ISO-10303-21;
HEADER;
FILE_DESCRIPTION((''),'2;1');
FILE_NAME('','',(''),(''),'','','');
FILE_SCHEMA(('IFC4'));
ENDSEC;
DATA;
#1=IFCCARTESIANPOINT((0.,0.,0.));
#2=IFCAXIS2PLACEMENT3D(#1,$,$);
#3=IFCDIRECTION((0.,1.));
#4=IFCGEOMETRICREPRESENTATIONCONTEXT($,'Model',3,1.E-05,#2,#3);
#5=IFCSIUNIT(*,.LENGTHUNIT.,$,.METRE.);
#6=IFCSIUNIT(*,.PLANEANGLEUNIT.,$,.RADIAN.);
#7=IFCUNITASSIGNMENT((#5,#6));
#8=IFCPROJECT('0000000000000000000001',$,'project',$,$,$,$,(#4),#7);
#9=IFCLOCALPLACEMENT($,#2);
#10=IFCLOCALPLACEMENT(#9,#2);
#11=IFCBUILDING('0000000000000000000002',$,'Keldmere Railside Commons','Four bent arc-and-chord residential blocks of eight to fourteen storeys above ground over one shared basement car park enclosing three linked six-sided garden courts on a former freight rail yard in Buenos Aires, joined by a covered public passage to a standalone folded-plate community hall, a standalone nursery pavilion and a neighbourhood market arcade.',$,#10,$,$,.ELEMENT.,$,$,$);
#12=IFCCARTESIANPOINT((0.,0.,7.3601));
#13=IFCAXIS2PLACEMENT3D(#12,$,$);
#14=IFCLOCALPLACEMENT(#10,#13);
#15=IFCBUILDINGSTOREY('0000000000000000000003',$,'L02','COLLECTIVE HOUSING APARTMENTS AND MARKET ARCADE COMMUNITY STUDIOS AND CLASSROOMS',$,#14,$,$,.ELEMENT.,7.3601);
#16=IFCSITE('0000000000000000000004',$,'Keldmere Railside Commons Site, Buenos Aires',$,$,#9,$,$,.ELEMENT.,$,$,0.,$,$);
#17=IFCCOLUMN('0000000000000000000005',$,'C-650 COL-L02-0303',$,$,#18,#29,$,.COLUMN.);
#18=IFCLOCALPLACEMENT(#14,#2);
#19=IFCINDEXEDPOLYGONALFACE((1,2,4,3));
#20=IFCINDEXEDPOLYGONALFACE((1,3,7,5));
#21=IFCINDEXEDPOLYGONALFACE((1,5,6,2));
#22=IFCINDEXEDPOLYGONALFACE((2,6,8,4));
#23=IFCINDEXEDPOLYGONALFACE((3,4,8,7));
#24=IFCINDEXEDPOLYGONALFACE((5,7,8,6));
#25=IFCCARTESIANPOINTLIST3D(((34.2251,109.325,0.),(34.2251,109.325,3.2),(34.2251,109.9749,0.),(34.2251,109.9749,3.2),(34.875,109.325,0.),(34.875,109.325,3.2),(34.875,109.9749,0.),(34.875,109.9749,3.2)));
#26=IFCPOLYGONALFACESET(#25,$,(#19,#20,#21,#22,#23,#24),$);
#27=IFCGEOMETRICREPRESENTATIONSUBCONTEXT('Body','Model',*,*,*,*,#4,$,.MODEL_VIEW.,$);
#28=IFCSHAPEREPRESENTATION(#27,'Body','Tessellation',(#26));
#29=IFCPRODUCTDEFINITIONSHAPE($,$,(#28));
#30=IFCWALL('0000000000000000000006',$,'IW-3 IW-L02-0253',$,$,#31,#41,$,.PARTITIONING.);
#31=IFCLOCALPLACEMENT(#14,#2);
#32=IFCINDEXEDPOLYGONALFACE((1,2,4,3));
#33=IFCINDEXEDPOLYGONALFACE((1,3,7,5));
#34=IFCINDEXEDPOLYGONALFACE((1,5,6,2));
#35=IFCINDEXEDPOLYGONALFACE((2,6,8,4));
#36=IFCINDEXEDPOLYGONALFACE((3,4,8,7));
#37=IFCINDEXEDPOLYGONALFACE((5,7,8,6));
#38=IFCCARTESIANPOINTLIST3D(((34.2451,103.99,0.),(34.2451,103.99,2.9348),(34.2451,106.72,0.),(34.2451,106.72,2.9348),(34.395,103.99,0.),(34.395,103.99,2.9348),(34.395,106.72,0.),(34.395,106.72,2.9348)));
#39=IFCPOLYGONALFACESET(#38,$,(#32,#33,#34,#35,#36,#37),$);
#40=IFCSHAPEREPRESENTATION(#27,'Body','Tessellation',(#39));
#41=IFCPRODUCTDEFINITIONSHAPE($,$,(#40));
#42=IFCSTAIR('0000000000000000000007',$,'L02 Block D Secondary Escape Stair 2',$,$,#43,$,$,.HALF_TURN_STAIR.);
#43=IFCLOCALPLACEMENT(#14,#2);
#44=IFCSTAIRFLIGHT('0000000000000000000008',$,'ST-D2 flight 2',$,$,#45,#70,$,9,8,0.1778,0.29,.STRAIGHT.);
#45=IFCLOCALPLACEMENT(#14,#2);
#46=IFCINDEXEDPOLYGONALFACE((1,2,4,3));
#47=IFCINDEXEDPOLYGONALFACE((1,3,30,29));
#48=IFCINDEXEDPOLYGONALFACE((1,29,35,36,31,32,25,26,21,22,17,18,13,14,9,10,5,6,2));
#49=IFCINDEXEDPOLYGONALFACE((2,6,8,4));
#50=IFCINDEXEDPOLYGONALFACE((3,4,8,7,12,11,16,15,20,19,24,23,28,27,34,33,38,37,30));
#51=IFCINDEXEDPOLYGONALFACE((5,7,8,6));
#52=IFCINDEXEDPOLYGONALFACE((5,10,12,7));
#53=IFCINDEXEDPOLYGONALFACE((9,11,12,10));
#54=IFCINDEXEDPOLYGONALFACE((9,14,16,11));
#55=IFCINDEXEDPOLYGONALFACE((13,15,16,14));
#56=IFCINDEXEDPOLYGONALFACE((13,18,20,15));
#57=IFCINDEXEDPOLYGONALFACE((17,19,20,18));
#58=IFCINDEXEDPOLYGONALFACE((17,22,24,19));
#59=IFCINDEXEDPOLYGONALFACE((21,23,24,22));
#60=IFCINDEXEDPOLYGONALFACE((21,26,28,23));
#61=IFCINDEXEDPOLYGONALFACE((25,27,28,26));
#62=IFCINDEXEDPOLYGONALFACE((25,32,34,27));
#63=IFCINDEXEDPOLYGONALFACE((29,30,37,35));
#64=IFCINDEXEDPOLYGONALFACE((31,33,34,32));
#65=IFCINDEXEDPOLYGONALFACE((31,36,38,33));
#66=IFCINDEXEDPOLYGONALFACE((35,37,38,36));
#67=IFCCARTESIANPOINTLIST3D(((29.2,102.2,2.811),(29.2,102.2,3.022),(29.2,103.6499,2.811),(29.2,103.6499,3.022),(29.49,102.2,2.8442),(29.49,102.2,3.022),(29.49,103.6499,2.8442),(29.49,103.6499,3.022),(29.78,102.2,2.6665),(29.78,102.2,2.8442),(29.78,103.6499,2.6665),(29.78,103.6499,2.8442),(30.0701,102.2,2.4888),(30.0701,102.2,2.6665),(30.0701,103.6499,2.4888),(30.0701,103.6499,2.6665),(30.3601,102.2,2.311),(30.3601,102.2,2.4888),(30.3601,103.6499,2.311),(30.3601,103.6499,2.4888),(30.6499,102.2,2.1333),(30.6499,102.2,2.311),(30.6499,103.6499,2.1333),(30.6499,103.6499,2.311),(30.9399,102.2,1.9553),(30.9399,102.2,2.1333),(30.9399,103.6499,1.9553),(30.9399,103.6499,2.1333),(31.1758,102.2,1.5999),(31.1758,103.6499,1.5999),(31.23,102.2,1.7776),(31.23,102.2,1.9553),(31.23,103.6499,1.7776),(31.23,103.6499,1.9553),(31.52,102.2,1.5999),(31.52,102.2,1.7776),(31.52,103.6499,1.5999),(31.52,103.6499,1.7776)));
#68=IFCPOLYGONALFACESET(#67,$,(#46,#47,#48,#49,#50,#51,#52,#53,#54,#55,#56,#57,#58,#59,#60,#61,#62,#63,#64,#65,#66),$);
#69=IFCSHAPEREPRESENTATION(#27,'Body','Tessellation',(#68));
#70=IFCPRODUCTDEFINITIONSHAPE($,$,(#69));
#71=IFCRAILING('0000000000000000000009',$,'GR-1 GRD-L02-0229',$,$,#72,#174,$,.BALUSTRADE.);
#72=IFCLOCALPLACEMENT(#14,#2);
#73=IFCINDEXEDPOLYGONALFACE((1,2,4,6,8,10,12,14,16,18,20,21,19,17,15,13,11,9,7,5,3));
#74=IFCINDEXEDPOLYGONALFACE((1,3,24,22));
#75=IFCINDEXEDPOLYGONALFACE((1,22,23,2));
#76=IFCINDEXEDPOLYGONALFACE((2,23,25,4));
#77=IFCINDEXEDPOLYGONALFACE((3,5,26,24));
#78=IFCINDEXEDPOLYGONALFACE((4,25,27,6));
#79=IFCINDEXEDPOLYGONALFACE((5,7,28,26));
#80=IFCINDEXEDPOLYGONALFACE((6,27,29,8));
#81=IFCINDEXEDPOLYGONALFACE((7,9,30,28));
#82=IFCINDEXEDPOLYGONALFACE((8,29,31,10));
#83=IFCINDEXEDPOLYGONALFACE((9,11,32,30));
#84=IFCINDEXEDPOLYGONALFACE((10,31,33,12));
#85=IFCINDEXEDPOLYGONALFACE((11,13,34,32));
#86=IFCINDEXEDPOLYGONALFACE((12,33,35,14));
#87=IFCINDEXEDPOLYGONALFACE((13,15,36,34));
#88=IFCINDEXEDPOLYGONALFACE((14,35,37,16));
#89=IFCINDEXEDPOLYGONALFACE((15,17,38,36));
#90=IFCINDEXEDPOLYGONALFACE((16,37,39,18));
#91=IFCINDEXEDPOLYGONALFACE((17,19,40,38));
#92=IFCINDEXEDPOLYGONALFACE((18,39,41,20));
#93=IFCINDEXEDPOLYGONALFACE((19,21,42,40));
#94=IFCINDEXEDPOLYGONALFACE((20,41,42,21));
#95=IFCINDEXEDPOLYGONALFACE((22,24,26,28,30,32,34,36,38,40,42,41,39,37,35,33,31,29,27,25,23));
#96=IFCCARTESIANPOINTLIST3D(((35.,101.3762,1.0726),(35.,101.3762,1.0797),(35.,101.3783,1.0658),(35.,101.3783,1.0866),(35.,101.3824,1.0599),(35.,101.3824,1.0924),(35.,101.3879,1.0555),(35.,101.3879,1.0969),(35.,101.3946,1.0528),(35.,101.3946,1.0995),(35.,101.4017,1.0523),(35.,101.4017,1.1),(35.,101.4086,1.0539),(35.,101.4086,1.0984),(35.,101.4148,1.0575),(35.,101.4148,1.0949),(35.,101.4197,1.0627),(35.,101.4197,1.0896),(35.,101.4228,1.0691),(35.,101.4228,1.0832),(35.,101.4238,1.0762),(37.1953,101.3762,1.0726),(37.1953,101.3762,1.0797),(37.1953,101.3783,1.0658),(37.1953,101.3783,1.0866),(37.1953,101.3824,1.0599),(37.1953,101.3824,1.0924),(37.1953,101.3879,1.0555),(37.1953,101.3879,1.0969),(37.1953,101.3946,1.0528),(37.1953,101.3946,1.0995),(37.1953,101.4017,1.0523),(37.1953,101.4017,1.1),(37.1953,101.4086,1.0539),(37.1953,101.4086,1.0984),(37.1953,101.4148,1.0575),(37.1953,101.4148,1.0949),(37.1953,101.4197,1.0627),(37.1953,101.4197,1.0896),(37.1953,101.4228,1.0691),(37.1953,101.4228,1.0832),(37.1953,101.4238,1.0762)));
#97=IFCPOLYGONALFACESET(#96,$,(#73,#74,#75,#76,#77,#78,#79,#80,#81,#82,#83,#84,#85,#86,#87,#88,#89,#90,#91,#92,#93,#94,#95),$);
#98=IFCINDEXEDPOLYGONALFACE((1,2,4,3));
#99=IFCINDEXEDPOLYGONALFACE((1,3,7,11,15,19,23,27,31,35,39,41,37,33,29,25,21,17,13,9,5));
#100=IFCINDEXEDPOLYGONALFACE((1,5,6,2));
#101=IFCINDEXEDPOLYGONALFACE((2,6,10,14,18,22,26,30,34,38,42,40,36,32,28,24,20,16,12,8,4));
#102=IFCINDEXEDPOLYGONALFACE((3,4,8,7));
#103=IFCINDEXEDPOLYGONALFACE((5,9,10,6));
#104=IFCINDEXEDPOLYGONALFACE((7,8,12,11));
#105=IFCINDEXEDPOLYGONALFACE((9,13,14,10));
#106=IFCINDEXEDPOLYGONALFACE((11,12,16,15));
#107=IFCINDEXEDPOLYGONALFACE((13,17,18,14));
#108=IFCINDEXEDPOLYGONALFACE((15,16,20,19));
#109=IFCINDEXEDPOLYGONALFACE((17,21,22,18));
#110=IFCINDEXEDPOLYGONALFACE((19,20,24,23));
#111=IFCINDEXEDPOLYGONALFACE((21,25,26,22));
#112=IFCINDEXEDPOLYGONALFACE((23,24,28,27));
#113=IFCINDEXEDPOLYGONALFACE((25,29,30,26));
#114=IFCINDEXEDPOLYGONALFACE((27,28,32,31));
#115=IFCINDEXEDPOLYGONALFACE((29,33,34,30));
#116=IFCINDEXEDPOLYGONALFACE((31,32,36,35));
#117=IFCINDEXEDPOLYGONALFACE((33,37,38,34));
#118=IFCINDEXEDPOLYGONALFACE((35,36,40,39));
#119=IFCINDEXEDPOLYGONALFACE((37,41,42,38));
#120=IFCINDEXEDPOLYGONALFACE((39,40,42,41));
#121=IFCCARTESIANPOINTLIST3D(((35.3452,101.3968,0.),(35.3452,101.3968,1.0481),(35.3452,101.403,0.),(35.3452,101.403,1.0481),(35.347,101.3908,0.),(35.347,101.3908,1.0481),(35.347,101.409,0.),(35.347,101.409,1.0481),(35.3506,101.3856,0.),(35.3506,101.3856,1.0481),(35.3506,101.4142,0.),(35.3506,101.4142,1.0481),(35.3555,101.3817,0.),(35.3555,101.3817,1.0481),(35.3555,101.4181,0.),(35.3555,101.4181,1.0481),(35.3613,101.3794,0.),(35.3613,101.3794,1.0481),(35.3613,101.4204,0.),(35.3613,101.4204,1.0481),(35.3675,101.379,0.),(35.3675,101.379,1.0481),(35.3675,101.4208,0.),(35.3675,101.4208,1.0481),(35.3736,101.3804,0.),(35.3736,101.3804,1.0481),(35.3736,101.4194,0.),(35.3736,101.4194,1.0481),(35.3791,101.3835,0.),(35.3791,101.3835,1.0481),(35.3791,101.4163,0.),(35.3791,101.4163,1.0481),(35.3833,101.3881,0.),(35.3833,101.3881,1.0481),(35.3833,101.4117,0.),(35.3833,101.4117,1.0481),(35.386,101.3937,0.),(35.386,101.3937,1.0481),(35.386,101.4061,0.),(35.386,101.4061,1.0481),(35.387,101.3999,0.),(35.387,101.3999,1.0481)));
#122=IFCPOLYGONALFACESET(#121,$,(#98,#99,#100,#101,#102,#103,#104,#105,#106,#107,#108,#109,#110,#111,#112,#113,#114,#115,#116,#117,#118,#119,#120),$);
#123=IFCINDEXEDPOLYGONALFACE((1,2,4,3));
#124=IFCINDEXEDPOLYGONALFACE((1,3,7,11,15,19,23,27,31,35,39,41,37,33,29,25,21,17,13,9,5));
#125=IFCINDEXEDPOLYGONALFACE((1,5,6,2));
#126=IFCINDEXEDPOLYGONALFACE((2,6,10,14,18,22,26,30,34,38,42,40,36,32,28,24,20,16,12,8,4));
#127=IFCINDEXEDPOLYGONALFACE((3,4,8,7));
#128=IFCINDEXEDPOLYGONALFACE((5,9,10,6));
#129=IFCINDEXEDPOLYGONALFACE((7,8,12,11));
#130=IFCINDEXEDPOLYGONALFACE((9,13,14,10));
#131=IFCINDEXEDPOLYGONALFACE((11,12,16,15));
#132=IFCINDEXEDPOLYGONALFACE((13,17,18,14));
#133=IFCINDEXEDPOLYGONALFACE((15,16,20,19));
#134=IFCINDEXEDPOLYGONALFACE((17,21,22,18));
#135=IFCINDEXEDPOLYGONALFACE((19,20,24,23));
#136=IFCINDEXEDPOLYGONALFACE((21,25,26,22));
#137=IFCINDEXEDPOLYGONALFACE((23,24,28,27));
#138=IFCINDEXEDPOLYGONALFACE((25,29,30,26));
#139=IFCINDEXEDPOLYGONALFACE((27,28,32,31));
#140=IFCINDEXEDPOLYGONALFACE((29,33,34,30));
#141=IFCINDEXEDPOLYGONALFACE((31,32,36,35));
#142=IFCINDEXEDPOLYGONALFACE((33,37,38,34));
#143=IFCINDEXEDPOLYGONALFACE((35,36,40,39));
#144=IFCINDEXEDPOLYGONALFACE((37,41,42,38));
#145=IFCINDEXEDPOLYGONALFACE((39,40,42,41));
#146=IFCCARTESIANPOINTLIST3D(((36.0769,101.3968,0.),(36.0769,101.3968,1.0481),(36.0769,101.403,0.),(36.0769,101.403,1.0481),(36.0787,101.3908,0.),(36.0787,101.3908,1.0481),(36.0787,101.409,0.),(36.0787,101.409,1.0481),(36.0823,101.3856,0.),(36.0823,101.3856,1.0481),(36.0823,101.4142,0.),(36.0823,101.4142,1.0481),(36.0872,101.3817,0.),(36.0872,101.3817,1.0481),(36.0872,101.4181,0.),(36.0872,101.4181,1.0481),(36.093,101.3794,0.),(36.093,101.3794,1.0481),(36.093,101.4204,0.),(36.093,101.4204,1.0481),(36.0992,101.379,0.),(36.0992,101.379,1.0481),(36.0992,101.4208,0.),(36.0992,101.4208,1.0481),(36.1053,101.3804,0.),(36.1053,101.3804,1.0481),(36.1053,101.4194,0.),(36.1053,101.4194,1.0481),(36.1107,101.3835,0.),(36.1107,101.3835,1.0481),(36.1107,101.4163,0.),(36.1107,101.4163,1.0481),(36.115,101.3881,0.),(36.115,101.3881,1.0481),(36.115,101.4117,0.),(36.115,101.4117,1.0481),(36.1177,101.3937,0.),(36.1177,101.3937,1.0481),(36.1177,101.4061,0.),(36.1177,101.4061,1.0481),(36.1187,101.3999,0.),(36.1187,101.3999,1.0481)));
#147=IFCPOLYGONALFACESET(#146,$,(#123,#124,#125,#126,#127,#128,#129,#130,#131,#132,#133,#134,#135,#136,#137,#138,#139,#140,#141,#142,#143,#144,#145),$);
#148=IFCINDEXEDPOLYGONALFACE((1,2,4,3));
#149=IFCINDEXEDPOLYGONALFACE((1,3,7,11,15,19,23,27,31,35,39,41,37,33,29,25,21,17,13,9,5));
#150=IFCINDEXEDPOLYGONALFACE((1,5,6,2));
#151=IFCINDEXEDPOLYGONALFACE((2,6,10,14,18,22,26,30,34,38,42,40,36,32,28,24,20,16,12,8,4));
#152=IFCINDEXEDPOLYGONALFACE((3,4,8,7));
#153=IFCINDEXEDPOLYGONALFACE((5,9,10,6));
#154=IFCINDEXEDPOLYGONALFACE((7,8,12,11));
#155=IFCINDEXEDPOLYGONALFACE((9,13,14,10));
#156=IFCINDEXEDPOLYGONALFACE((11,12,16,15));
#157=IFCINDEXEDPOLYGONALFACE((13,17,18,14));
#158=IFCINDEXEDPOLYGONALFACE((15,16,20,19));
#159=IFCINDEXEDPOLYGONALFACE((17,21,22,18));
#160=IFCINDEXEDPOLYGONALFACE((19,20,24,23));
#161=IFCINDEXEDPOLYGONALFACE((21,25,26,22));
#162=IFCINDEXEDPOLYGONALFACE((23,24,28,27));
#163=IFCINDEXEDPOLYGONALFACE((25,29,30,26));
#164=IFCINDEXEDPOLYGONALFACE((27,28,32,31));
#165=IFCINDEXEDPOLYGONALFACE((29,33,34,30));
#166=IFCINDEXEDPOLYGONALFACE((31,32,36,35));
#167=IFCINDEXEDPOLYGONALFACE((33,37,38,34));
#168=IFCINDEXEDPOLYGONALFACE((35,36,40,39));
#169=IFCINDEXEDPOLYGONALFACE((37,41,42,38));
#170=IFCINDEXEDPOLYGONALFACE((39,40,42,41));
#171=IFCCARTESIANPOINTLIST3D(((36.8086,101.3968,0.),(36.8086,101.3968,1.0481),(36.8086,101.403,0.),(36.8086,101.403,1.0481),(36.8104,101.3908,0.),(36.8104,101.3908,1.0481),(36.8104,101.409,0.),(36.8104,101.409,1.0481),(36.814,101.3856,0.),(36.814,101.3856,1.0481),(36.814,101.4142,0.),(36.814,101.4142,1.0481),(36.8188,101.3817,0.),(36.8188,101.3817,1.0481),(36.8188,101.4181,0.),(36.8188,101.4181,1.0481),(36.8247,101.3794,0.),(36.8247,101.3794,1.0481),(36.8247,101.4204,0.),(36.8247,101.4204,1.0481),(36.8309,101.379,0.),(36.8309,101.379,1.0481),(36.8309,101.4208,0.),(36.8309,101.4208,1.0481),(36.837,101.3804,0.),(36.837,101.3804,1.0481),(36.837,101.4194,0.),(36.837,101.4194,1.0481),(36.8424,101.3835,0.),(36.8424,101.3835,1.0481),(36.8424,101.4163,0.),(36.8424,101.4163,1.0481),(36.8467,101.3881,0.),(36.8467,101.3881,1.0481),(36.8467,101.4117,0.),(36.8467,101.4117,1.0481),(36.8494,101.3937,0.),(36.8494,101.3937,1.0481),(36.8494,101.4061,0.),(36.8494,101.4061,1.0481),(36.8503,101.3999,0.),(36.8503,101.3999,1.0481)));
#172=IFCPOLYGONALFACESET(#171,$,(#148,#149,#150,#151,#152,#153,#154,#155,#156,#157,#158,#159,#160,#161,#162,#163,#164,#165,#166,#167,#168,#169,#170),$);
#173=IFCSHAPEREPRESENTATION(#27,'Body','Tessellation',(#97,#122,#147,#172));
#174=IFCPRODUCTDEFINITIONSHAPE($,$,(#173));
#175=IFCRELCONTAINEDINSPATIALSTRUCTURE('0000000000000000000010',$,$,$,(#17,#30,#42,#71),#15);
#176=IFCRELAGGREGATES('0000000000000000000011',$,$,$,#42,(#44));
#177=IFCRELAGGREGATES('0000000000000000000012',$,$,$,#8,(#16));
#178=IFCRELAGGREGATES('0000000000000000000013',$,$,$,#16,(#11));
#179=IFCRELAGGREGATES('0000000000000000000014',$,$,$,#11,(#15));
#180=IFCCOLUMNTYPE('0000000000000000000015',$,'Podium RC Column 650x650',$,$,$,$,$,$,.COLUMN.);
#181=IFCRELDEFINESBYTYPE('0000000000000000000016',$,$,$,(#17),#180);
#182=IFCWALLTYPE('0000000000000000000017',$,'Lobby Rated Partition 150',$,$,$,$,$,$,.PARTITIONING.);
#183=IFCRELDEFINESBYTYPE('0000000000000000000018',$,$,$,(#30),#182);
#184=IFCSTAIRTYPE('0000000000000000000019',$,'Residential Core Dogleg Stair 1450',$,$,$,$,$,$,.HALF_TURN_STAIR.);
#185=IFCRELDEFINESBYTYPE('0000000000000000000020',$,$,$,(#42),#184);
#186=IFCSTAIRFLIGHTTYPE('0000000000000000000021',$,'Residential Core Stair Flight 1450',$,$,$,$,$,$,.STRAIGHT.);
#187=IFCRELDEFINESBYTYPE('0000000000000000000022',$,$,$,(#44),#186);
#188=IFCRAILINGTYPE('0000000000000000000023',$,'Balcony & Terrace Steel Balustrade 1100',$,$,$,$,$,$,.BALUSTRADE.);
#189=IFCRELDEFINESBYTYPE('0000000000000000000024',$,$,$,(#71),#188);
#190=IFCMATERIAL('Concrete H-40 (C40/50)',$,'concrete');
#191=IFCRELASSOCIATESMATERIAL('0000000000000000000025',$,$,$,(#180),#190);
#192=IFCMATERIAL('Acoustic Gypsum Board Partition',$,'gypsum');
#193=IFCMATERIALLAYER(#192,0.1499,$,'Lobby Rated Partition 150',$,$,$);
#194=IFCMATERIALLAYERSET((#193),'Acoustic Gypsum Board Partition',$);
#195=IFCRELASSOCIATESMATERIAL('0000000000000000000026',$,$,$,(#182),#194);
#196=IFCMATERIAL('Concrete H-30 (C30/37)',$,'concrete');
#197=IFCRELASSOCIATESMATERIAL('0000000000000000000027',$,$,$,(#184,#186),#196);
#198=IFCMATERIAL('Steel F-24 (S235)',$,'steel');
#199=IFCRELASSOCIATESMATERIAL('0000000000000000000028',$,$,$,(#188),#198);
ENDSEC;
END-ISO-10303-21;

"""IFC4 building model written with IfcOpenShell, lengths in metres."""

from ifc_helpers import new_model, si_unit, direction, frame, frame_2d, origin, origin_2d, place, context, subcontext, project, spatial, polyline, rectangle, circle, outline, extrude, material, layer, layer_set, material_profile, profile_set, type_object, element, aggregate, save


model = new_model("IFC4")

# Units and contexts
model_context = context("Model", 3, precision=1e-05, world=origin(), true_north=direction((0.0, 1.0)))
body_context = subcontext(model_context, "Body", "Model", "MODEL_VIEW")
ifc_project = project(units=[si_unit("LENGTHUNIT", "METRE"), si_unit("PLANEANGLEUNIT", "RADIAN")], contexts=[model_context])

# Site, building, storey
site_placement = place(None, origin())
site = spatial("IfcSite", under=ifc_project, at=site_placement, Name="Keldmere Railside Commons Site, Buenos Aires", CompositionType="ELEMENT", RefElevation=0.0)
building_placement = place(site_placement, origin())
building = spatial("IfcBuilding", under=site, at=building_placement, Name="Keldmere Railside Commons", Description="Four bent arc-and-chord residential blocks of eight to fourteen storeys above ground over one shared basement car park enclosing three linked six-sided garden courts on a former freight rail yard in Buenos Aires, joined by a covered public passage to a standalone folded-plate community hall, a standalone nursery pavilion and a neighbourhood market arcade.", CompositionType="ELEMENT")
storey_placement = place(building_placement, frame((0.0, 0.0, 7.3601)))
storey = spatial("IfcBuildingStorey", under=building, at=storey_placement, Name="L02", Description="COLLECTIVE HOUSING APARTMENTS AND MARKET ARCADE COMMUNITY STUDIOS AND CLASSROOMS", CompositionType="ELEMENT", Elevation=7.3601)

# Column
ifc_material_1 = material(Name="Concrete H-40 (C40/50)", Category="concrete")
ifc_material_profile = material_profile(ifc_material_1, rectangle(XDim=0.6499, YDim=0.6499, at=origin_2d()), Name="RC-650x650")
ifc_profile_set = profile_set([ifc_material_profile], Name="Concrete H-40 (C40/50)")
column_type = type_object("IfcColumnType", Name="Podium RC Column 650x650", PredefinedType="COLUMN", material=ifc_profile_set)
column_placement = place(storey_placement, frame((34.55, 109.6499, 0.0), z_axis=(0.0, 0.0, 1.0), x_axis=(1.0, 0.0, 0.0)))
element("IfcColumn", 1, at=column_placement, inside=storey, type_object=column_type, Name="C-650 COL-L02-0303", PredefinedType="COLUMN", context=body_context, shape_type="SweptSolid", body=[
    extrude(rectangle(XDim=0.6499, YDim=0.6499, at=origin_2d()), origin(), (0.0, 0.0, 1.0), 3.2),
])

# Shared definitions
ifc_material_2 = material(Name="Steel F-24 (S235)", Category="steel")

# Wall
ifc_material_3 = material(Name="Acoustic Gypsum Board Partition", Category="gypsum")
ifc_layer_1 = layer(ifc_material_3, 0.1499, Name="Lobby Rated Partition 150")
ifc_layer_set_1 = layer_set([ifc_layer_1], Name="Acoustic Gypsum Board Partition")
wall_type_1 = type_object("IfcWallType", Name="Lobby Rated Partition 150", PredefinedType="PARTITIONING", material=ifc_layer_set_1)
wall_1_placement = place(storey_placement, frame((34.3201, 103.99, 0.0), z_axis=(0.0, 0.0, 1.0), x_axis=(0.0, 1.0, 0.0)))
element("IfcWall", 2, at=wall_1_placement, inside=storey, type_object=wall_type_1, Name="IW-3 IW-L02-0253", PredefinedType="PARTITIONING", context=body_context, shape_type="SweptSolid", body=[
    extrude(rectangle(XDim=2.73, YDim=0.1499, at=frame_2d((1.365, 0.0))), origin(), (0.0, 0.0, 1.0), 2.9348),
])

# Stair, stair flight
ifc_material_4 = material(Name="Concrete H-30 (C30/37)", Category="concrete")
stair_type = type_object("IfcStairType", Name="Residential Core Dogleg Stair 1450", PredefinedType="HALF_TURN_STAIR", material=ifc_material_4)
stair_placement = place(storey_placement, origin())
stair = element("IfcStair", 3, at=stair_placement, inside=storey, type_object=stair_type, Name="L02 Block D Secondary Escape Stair 2", PredefinedType="HALF_TURN_STAIR")
stair_flight_type = type_object("IfcStairFlightType", Name="Residential Core Stair Flight 1450", PredefinedType="STRAIGHT", material=ifc_material_4)
stair_flight_placement = place(storey_placement, frame((31.52, 102.925, 1.5999), z_axis=(0.0, 0.0, 1.0), x_axis=(-1.0, 0.0, 0.0)))
stair_flight = element("IfcStairFlight", 4, at=stair_flight_placement, type_object=stair_flight_type, Name="ST-D2 flight 2", NumberOfRisers=9, NumberOfTreads=8, PredefinedType="STRAIGHT", RiserHeight=0.1778, TreadLength=0.29, context=body_context, shape_type="SweptSolid", body=[
    extrude(outline(polyline([(0.0, 0.0), (0.0, 0.1777), (0.29, 0.1777), (0.29, 0.3555), (0.5801, 0.3555), (0.5801, 0.5334), (0.8701, 0.5334), (0.8701, 0.7112), (1.1599, 0.7112), (1.1599, 0.8889), (1.45, 0.8889), (1.45, 1.0667), (1.74, 1.0667), (1.74, 1.2444), (2.03, 1.2444), (2.03, 1.4221), (2.3201, 1.4221), (2.3201, 1.6001), (2.3201, 1.2112), (0.3442, 0.0), (0.0, 0.0)])), frame((0.0, 0.7251, 0.0), z_axis=(0.0, -1.0, 0.0), x_axis=(1.0, 0.0, 0.0)), (0.0, 0.0, 1.0), 1.45),
])
aggregate(stair, [stair_flight])

# Railing
railing_type_1 = type_object("IfcRailingType", Name="Balcony & Terrace Steel Balustrade 1100", PredefinedType="BALUSTRADE", material=ifc_material_2)
railing_1_placement = place(storey_placement, frame((35.0, 101.3999, 0.0)))
element("IfcRailing", 5, at=railing_1_placement, inside=storey, type_object=railing_type_1, Name="GR-1 GRD-L02-0229", PredefinedType="BALUSTRADE", context=body_context, shape_type="SweptSolid", body=[
    extrude(circle(Radius=0.0239, at=origin_2d()), frame((0.0, 0.0, 1.0762), z_axis=(1.0, 0.0, 0.0), x_axis=(0.0, 1.0, 0.0)), (0.0, 0.0, 1.0), 2.1953),
    extrude(circle(Radius=0.021, at=origin_2d()), frame((0.366, 0.0, 0.0)), (0.0, 0.0, 1.0), 1.0481),
    extrude(circle(Radius=0.021, at=origin_2d()), frame((1.0977, 0.0, 0.0)), (0.0, 0.0, 1.0), 1.0481),
    extrude(circle(Radius=0.021, at=origin_2d()), frame((1.8293, 0.0, 0.0)), (0.0, 0.0, 1.0), 1.0481),
])

save(model, "model.ifc")
